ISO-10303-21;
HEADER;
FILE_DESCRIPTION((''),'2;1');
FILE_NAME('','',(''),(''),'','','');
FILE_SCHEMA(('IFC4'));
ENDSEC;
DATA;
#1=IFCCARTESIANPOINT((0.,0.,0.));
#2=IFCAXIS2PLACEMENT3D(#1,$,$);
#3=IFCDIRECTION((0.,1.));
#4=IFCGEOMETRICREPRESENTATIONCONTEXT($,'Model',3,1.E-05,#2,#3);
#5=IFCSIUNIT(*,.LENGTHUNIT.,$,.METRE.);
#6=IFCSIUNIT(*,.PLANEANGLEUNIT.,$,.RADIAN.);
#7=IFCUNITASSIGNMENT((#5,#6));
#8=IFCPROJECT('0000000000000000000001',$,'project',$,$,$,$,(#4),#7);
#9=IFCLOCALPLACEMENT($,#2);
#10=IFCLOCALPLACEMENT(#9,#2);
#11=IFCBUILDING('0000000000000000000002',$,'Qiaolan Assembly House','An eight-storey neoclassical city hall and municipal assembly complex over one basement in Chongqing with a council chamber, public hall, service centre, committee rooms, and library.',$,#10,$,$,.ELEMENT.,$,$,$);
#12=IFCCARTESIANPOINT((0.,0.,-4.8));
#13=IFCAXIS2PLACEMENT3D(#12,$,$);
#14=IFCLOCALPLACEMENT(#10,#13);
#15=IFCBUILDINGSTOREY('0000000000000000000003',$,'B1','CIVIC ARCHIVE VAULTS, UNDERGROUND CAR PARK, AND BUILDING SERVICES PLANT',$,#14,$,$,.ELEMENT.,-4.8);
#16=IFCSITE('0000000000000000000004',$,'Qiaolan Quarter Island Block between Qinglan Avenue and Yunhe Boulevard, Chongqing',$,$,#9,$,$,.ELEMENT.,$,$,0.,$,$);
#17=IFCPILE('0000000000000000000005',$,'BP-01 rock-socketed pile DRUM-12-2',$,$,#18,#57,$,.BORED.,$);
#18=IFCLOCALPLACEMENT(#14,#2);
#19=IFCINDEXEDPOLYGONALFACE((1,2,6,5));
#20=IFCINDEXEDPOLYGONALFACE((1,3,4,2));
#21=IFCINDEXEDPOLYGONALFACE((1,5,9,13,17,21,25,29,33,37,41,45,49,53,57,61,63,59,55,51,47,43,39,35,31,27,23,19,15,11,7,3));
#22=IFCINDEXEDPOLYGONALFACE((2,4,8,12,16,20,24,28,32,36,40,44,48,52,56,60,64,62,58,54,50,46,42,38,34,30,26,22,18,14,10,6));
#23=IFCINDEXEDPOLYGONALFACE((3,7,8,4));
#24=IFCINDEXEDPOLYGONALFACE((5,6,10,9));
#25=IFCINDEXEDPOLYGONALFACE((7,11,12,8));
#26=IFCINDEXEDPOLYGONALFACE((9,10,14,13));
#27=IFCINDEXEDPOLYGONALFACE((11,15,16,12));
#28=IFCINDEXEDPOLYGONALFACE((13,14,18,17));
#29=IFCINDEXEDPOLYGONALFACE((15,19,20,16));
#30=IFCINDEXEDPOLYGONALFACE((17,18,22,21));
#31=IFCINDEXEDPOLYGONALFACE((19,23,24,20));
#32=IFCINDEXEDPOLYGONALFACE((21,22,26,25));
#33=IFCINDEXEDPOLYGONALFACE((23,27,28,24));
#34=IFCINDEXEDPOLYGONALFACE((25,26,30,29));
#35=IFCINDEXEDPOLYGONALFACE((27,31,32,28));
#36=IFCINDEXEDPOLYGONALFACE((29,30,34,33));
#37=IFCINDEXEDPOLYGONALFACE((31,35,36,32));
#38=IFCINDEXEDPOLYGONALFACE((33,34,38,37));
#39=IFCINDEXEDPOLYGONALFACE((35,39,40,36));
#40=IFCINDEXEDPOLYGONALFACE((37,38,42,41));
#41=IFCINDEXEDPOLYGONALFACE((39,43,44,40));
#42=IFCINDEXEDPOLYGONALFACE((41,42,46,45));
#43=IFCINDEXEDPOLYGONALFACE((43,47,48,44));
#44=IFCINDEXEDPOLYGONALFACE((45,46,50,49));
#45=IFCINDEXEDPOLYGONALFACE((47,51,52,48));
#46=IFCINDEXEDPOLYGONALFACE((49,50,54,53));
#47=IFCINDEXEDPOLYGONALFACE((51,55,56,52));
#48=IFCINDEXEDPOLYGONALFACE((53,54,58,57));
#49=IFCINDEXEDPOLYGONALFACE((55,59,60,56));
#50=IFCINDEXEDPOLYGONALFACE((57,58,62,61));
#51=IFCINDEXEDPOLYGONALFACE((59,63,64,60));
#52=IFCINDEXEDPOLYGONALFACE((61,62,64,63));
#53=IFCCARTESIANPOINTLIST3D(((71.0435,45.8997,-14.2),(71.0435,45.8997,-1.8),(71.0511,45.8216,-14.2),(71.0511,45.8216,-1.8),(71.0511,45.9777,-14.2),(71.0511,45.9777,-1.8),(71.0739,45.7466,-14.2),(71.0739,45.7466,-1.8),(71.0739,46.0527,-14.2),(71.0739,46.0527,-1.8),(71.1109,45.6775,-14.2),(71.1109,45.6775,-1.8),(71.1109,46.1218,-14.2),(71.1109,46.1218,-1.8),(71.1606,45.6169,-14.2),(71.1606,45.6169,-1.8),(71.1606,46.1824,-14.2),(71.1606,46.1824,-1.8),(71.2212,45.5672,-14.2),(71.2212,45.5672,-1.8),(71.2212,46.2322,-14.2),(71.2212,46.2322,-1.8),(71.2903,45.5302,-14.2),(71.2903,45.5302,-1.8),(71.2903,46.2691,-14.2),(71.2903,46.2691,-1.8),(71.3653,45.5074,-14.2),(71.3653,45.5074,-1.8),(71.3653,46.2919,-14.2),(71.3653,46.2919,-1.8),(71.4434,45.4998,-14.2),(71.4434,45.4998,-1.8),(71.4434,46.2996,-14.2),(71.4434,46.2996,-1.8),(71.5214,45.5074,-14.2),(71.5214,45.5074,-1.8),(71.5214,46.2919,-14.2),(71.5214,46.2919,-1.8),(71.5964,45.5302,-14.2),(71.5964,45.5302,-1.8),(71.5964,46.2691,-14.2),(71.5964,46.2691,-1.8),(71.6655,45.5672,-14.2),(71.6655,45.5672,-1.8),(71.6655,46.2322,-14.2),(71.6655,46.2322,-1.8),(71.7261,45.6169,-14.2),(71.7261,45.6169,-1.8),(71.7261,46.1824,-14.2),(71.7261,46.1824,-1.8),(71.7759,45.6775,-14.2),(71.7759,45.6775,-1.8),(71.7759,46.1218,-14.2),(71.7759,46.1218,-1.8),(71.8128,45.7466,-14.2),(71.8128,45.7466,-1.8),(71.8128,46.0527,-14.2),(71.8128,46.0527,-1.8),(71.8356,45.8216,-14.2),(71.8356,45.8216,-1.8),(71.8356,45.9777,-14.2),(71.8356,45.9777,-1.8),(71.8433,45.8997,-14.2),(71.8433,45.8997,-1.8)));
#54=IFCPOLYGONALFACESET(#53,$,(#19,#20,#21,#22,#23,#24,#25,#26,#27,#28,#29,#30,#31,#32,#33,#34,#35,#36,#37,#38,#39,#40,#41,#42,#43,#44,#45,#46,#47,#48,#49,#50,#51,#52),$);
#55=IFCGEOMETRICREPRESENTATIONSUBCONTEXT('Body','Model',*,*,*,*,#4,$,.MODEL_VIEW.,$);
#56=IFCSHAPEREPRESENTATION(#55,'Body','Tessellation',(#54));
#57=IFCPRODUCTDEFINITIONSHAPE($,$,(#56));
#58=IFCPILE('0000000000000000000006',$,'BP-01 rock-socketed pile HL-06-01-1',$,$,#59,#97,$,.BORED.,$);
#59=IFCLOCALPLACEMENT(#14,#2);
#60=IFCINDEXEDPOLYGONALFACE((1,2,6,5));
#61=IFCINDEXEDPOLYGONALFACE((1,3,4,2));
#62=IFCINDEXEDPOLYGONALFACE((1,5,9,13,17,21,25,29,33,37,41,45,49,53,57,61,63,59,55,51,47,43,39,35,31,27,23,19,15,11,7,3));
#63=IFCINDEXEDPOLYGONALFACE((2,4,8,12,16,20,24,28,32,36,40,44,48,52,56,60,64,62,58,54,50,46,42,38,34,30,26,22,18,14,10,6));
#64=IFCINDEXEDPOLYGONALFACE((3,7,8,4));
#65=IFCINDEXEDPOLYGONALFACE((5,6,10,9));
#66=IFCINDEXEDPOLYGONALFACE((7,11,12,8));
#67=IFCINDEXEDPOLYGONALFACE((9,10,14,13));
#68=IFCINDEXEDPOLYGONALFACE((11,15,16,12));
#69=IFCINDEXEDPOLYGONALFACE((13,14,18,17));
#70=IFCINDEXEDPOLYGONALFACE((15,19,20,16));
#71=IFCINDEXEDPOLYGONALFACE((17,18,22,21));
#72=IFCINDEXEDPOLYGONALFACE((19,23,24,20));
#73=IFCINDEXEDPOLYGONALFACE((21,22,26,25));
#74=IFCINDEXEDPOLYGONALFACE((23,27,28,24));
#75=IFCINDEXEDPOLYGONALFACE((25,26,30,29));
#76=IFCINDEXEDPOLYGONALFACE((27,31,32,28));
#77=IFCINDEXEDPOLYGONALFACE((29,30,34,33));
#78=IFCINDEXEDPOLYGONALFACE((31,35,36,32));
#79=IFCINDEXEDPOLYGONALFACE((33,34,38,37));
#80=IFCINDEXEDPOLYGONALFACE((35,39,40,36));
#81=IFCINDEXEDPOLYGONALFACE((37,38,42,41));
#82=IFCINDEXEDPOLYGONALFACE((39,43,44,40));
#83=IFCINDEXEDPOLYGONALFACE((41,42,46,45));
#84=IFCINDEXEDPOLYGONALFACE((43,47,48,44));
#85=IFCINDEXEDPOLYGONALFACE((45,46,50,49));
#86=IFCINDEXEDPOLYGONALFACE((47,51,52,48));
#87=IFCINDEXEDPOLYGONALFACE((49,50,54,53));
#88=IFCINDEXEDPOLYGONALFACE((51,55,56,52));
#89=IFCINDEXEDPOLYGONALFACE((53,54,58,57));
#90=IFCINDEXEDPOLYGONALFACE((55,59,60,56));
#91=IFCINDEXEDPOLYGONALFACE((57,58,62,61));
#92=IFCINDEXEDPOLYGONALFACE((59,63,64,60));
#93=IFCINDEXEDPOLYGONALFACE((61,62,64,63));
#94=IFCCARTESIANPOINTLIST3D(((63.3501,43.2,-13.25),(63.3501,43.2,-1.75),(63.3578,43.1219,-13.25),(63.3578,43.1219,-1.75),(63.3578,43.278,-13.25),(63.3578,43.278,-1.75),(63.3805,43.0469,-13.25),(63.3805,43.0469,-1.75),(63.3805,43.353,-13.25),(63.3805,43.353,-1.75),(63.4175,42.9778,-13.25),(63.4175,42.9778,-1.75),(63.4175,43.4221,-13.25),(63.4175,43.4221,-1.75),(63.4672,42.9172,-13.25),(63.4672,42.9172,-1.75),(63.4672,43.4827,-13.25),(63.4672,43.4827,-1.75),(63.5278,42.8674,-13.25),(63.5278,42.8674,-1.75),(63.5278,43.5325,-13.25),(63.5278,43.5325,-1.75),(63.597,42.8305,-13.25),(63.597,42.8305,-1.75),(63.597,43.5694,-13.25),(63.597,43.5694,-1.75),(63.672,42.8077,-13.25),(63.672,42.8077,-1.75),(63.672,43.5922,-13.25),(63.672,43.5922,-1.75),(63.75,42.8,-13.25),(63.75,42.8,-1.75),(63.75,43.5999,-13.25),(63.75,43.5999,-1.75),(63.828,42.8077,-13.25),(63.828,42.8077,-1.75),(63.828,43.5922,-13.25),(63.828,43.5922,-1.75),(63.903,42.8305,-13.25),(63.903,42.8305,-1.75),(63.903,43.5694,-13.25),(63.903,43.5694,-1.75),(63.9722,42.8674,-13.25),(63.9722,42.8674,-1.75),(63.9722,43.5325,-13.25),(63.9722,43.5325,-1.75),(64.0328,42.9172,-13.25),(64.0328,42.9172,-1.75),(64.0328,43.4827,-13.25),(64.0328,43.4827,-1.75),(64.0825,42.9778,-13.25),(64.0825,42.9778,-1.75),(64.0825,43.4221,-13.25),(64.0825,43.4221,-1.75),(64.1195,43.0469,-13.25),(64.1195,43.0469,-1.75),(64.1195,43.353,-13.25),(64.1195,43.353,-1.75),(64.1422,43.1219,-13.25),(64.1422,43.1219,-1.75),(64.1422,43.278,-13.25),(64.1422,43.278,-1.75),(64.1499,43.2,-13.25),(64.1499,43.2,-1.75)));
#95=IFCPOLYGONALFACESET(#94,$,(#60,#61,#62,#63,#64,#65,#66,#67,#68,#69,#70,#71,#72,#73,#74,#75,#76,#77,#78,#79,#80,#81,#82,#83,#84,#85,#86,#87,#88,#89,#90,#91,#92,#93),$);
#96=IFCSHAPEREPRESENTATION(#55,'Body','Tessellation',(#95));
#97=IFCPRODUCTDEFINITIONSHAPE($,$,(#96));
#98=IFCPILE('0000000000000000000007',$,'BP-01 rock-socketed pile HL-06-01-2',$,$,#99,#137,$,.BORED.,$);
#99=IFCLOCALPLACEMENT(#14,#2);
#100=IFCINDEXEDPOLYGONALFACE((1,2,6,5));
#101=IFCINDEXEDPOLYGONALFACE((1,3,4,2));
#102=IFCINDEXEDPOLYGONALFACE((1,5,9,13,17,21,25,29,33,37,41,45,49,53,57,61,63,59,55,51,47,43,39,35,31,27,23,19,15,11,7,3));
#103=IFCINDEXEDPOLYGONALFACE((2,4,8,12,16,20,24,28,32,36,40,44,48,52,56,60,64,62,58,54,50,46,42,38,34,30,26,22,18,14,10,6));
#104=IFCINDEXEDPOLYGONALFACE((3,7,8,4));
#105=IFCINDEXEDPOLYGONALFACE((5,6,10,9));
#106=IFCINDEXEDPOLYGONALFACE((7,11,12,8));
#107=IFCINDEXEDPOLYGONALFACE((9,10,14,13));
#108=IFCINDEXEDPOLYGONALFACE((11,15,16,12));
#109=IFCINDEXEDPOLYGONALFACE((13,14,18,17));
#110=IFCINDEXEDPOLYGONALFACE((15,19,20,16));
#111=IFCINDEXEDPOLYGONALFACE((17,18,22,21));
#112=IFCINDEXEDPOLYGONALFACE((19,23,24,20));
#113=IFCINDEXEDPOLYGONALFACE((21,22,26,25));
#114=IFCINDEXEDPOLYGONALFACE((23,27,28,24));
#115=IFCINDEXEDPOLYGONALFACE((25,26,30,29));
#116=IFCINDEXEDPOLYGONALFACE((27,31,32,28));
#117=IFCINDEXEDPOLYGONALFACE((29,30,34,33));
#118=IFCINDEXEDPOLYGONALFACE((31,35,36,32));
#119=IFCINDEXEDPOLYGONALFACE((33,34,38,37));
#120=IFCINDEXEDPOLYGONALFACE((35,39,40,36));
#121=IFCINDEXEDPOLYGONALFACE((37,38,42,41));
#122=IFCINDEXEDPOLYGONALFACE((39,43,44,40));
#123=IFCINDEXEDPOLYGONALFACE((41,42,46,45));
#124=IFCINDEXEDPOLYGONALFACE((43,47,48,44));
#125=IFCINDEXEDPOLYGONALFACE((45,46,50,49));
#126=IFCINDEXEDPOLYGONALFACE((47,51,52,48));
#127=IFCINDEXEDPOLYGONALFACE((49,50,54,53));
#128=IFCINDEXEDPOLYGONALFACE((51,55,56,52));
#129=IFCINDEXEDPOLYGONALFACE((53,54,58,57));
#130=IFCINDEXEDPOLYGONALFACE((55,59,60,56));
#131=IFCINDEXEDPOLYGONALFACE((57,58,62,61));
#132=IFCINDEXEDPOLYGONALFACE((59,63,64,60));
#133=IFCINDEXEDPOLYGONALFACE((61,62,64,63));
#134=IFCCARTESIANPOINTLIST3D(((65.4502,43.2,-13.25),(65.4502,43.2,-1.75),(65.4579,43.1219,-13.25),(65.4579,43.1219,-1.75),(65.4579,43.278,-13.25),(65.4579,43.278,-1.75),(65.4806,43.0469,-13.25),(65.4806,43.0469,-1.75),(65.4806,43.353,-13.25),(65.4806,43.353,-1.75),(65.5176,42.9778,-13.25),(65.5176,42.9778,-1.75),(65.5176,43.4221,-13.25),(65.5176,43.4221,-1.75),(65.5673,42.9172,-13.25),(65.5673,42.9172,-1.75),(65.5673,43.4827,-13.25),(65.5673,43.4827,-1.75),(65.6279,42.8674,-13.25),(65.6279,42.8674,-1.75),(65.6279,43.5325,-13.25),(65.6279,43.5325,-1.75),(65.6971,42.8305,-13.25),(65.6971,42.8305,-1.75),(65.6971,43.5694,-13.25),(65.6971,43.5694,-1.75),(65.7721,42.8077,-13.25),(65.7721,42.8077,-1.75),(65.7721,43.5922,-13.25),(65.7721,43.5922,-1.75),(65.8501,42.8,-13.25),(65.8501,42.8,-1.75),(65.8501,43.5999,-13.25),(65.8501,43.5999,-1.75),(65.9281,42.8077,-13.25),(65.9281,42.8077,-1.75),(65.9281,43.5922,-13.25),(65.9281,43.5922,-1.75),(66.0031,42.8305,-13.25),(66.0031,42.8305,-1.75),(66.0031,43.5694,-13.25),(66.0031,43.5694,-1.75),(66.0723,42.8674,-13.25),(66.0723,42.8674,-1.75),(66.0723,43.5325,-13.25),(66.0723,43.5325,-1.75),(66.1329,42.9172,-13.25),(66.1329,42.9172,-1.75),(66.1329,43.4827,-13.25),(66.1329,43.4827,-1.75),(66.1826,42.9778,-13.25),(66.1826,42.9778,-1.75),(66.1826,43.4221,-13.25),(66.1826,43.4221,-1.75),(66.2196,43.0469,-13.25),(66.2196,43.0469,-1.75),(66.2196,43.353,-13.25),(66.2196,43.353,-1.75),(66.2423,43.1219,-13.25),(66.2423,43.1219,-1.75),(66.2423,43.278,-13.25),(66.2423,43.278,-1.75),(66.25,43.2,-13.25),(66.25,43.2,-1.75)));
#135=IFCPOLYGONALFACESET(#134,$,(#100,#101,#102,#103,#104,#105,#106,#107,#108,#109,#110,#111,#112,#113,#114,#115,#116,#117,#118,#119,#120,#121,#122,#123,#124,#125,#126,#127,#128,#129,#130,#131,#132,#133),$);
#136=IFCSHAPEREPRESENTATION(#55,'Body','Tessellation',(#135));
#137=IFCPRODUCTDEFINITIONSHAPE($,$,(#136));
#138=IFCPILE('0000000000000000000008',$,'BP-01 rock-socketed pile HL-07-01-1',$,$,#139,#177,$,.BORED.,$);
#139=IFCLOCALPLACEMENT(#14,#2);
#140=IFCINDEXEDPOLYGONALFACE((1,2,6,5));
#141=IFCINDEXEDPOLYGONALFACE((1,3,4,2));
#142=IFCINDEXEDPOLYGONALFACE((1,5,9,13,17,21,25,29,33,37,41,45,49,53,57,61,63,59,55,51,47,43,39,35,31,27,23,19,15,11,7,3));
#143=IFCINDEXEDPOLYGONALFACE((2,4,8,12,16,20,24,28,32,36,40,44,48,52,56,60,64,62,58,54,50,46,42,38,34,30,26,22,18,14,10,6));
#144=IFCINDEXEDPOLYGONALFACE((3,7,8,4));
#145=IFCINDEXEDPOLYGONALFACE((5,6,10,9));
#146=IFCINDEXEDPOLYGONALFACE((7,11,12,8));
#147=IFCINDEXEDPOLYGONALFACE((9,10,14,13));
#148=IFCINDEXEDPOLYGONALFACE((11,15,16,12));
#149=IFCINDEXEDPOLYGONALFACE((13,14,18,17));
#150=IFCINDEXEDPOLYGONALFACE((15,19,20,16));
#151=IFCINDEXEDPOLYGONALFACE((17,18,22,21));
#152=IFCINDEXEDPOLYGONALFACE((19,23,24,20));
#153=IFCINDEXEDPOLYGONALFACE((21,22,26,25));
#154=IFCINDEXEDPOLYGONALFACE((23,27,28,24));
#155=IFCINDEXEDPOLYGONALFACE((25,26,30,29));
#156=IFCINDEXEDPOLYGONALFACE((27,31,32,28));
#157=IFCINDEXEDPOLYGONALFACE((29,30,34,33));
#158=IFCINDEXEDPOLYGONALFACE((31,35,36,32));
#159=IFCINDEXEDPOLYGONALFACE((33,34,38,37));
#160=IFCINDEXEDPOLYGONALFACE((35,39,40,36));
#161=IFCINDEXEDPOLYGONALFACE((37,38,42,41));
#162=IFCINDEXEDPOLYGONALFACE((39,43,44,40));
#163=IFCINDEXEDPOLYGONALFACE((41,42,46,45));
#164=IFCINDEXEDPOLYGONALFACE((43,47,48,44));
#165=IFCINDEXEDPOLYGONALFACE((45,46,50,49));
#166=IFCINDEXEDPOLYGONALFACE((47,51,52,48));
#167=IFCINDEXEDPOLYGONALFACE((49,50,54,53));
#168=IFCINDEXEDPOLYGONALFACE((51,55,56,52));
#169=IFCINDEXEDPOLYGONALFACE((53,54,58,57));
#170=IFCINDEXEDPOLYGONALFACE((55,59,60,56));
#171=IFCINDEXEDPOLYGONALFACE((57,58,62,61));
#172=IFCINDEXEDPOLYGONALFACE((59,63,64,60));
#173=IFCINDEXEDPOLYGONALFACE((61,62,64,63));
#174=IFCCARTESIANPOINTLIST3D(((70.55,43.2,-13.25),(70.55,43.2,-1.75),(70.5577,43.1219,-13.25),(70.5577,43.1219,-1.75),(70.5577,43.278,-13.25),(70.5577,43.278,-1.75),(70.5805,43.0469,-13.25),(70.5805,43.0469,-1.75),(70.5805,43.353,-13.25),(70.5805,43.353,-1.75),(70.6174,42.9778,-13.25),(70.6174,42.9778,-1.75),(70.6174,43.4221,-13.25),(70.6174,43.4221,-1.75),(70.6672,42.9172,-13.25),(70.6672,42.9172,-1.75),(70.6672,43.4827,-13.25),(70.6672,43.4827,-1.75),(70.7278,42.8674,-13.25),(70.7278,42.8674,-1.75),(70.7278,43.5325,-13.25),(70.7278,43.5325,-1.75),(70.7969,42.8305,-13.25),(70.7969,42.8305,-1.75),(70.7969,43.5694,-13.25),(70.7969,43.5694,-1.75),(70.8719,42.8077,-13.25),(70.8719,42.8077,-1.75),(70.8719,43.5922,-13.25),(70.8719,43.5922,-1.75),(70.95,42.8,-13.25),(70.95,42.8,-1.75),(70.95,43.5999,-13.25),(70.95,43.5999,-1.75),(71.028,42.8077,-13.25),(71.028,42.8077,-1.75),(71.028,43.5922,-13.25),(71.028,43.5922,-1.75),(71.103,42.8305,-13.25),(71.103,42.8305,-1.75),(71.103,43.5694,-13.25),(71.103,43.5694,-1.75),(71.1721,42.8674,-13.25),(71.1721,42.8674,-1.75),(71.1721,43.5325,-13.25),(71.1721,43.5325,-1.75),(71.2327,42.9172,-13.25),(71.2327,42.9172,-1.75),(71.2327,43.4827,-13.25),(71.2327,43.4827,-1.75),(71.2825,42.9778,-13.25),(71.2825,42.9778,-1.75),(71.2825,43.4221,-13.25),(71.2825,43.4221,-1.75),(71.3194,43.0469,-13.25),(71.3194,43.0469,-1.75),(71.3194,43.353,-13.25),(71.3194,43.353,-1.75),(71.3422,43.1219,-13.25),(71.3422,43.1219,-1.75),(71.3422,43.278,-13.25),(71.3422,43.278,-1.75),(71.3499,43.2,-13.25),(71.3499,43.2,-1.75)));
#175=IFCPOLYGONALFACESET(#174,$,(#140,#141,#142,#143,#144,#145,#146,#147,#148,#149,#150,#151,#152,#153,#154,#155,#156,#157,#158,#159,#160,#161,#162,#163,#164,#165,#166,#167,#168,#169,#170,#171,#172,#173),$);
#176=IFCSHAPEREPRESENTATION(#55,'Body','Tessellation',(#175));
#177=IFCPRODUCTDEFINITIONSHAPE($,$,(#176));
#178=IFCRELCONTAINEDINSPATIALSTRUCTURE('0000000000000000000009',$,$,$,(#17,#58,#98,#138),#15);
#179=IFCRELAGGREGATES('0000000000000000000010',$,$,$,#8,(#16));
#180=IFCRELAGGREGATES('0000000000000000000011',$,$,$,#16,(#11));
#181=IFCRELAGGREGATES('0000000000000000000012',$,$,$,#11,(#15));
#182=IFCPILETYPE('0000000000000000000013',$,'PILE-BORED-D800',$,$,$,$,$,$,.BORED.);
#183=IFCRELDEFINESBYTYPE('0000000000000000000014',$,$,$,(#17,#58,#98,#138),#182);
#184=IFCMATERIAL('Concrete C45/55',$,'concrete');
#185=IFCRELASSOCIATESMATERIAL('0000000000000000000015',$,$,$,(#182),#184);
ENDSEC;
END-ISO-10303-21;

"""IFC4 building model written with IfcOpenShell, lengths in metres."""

from ifc_helpers import new_model, si_unit, direction, frame, origin, origin_2d, place, context, subcontext, project, spatial, circle, extrude, material, material_profile, profile_set, type_object, element, save


model = new_model("IFC4")

# Units and contexts
model_context = context("Model", 3, precision=1e-05, world=origin(), true_north=direction((0.0, 1.0)))
body_context = subcontext(model_context, "Body", "Model", "MODEL_VIEW")
ifc_project = project(units=[si_unit("LENGTHUNIT", "METRE"), si_unit("PLANEANGLEUNIT", "RADIAN")], contexts=[model_context])

# Site, building, storey
site_placement = place(None, origin())
site = spatial("IfcSite", under=ifc_project, at=site_placement, Name="Qiaolan Quarter Island Block between Qinglan Avenue and Yunhe Boulevard, Chongqing", CompositionType="ELEMENT", RefElevation=0.0)
building_placement = place(site_placement, origin())
building = spatial("IfcBuilding", under=site, at=building_placement, Name="Qiaolan Assembly House", Description="An eight-storey neoclassical city hall and municipal assembly complex over one basement in Chongqing with a council chamber, public hall, service centre, committee rooms, and library.", CompositionType="ELEMENT")
storey_placement = place(building_placement, frame((0.0, 0.0, -4.8)))
storey = spatial("IfcBuildingStorey", under=building, at=storey_placement, Name="B1", Description="CIVIC ARCHIVE VAULTS, UNDERGROUND CAR PARK, AND BUILDING SERVICES PLANT", CompositionType="ELEMENT", Elevation=-4.8)

# Piles
ifc_material_1 = material(Name="Concrete C45/55", Category="concrete")
ifc_material_profile_1 = material_profile(ifc_material_1, circle(Radius=0.3999, at=origin_2d()), Name="PILE D800")
ifc_profile_set_1 = profile_set([ifc_material_profile_1], Name="Concrete C45/55")
pile_type_1 = type_object("IfcPileType", Name="PILE-BORED-D800", PredefinedType="BORED", material=ifc_profile_set_1)
for number, where, z_axis, x_axis, name in (
    (1, (71.4434, 45.8997, -1.8), (0.0, 0.0, -1.0), (1.0, 0.0, 0.0), "BP-01 rock-socketed pile DRUM-12-2"),
):
    element("IfcPile", number, at=place(storey_placement, frame(where, z_axis=z_axis, x_axis=x_axis)), inside=storey, type_object=pile_type_1, Name=name, PredefinedType="BORED", context=body_context, shape_type="SweptSolid", body=[
        extrude(circle(Radius=0.3999, at=origin_2d()), origin(), (0.0, 0.0, 1.0), 12.3999),
    ])
for number, where, z_axis, x_axis, name in (
    (2, (63.75, 43.2, -1.75), (0.0, 0.0, -1.0), (1.0, 0.0, 0.0), "BP-01 rock-socketed pile HL-06-01-1"),
    (3, (65.8501, 43.2, -1.75), (0.0, 0.0, -1.0), (1.0, 0.0, 0.0), "BP-01 rock-socketed pile HL-06-01-2"),
    (4, (70.95, 43.2, -1.75), (0.0, 0.0, -1.0), (1.0, 0.0, 0.0), "BP-01 rock-socketed pile HL-07-01-1"),
):
    element("IfcPile", number, at=place(storey_placement, frame(where, z_axis=z_axis, x_axis=x_axis)), inside=storey, type_object=pile_type_1, Name=name, PredefinedType="BORED", context=body_context, shape_type="SweptSolid", body=[
        extrude(circle(Radius=0.3999, at=origin_2d()), origin(), (0.0, 0.0, 1.0), 11.5),
    ])

save(model, "model.ifc")
